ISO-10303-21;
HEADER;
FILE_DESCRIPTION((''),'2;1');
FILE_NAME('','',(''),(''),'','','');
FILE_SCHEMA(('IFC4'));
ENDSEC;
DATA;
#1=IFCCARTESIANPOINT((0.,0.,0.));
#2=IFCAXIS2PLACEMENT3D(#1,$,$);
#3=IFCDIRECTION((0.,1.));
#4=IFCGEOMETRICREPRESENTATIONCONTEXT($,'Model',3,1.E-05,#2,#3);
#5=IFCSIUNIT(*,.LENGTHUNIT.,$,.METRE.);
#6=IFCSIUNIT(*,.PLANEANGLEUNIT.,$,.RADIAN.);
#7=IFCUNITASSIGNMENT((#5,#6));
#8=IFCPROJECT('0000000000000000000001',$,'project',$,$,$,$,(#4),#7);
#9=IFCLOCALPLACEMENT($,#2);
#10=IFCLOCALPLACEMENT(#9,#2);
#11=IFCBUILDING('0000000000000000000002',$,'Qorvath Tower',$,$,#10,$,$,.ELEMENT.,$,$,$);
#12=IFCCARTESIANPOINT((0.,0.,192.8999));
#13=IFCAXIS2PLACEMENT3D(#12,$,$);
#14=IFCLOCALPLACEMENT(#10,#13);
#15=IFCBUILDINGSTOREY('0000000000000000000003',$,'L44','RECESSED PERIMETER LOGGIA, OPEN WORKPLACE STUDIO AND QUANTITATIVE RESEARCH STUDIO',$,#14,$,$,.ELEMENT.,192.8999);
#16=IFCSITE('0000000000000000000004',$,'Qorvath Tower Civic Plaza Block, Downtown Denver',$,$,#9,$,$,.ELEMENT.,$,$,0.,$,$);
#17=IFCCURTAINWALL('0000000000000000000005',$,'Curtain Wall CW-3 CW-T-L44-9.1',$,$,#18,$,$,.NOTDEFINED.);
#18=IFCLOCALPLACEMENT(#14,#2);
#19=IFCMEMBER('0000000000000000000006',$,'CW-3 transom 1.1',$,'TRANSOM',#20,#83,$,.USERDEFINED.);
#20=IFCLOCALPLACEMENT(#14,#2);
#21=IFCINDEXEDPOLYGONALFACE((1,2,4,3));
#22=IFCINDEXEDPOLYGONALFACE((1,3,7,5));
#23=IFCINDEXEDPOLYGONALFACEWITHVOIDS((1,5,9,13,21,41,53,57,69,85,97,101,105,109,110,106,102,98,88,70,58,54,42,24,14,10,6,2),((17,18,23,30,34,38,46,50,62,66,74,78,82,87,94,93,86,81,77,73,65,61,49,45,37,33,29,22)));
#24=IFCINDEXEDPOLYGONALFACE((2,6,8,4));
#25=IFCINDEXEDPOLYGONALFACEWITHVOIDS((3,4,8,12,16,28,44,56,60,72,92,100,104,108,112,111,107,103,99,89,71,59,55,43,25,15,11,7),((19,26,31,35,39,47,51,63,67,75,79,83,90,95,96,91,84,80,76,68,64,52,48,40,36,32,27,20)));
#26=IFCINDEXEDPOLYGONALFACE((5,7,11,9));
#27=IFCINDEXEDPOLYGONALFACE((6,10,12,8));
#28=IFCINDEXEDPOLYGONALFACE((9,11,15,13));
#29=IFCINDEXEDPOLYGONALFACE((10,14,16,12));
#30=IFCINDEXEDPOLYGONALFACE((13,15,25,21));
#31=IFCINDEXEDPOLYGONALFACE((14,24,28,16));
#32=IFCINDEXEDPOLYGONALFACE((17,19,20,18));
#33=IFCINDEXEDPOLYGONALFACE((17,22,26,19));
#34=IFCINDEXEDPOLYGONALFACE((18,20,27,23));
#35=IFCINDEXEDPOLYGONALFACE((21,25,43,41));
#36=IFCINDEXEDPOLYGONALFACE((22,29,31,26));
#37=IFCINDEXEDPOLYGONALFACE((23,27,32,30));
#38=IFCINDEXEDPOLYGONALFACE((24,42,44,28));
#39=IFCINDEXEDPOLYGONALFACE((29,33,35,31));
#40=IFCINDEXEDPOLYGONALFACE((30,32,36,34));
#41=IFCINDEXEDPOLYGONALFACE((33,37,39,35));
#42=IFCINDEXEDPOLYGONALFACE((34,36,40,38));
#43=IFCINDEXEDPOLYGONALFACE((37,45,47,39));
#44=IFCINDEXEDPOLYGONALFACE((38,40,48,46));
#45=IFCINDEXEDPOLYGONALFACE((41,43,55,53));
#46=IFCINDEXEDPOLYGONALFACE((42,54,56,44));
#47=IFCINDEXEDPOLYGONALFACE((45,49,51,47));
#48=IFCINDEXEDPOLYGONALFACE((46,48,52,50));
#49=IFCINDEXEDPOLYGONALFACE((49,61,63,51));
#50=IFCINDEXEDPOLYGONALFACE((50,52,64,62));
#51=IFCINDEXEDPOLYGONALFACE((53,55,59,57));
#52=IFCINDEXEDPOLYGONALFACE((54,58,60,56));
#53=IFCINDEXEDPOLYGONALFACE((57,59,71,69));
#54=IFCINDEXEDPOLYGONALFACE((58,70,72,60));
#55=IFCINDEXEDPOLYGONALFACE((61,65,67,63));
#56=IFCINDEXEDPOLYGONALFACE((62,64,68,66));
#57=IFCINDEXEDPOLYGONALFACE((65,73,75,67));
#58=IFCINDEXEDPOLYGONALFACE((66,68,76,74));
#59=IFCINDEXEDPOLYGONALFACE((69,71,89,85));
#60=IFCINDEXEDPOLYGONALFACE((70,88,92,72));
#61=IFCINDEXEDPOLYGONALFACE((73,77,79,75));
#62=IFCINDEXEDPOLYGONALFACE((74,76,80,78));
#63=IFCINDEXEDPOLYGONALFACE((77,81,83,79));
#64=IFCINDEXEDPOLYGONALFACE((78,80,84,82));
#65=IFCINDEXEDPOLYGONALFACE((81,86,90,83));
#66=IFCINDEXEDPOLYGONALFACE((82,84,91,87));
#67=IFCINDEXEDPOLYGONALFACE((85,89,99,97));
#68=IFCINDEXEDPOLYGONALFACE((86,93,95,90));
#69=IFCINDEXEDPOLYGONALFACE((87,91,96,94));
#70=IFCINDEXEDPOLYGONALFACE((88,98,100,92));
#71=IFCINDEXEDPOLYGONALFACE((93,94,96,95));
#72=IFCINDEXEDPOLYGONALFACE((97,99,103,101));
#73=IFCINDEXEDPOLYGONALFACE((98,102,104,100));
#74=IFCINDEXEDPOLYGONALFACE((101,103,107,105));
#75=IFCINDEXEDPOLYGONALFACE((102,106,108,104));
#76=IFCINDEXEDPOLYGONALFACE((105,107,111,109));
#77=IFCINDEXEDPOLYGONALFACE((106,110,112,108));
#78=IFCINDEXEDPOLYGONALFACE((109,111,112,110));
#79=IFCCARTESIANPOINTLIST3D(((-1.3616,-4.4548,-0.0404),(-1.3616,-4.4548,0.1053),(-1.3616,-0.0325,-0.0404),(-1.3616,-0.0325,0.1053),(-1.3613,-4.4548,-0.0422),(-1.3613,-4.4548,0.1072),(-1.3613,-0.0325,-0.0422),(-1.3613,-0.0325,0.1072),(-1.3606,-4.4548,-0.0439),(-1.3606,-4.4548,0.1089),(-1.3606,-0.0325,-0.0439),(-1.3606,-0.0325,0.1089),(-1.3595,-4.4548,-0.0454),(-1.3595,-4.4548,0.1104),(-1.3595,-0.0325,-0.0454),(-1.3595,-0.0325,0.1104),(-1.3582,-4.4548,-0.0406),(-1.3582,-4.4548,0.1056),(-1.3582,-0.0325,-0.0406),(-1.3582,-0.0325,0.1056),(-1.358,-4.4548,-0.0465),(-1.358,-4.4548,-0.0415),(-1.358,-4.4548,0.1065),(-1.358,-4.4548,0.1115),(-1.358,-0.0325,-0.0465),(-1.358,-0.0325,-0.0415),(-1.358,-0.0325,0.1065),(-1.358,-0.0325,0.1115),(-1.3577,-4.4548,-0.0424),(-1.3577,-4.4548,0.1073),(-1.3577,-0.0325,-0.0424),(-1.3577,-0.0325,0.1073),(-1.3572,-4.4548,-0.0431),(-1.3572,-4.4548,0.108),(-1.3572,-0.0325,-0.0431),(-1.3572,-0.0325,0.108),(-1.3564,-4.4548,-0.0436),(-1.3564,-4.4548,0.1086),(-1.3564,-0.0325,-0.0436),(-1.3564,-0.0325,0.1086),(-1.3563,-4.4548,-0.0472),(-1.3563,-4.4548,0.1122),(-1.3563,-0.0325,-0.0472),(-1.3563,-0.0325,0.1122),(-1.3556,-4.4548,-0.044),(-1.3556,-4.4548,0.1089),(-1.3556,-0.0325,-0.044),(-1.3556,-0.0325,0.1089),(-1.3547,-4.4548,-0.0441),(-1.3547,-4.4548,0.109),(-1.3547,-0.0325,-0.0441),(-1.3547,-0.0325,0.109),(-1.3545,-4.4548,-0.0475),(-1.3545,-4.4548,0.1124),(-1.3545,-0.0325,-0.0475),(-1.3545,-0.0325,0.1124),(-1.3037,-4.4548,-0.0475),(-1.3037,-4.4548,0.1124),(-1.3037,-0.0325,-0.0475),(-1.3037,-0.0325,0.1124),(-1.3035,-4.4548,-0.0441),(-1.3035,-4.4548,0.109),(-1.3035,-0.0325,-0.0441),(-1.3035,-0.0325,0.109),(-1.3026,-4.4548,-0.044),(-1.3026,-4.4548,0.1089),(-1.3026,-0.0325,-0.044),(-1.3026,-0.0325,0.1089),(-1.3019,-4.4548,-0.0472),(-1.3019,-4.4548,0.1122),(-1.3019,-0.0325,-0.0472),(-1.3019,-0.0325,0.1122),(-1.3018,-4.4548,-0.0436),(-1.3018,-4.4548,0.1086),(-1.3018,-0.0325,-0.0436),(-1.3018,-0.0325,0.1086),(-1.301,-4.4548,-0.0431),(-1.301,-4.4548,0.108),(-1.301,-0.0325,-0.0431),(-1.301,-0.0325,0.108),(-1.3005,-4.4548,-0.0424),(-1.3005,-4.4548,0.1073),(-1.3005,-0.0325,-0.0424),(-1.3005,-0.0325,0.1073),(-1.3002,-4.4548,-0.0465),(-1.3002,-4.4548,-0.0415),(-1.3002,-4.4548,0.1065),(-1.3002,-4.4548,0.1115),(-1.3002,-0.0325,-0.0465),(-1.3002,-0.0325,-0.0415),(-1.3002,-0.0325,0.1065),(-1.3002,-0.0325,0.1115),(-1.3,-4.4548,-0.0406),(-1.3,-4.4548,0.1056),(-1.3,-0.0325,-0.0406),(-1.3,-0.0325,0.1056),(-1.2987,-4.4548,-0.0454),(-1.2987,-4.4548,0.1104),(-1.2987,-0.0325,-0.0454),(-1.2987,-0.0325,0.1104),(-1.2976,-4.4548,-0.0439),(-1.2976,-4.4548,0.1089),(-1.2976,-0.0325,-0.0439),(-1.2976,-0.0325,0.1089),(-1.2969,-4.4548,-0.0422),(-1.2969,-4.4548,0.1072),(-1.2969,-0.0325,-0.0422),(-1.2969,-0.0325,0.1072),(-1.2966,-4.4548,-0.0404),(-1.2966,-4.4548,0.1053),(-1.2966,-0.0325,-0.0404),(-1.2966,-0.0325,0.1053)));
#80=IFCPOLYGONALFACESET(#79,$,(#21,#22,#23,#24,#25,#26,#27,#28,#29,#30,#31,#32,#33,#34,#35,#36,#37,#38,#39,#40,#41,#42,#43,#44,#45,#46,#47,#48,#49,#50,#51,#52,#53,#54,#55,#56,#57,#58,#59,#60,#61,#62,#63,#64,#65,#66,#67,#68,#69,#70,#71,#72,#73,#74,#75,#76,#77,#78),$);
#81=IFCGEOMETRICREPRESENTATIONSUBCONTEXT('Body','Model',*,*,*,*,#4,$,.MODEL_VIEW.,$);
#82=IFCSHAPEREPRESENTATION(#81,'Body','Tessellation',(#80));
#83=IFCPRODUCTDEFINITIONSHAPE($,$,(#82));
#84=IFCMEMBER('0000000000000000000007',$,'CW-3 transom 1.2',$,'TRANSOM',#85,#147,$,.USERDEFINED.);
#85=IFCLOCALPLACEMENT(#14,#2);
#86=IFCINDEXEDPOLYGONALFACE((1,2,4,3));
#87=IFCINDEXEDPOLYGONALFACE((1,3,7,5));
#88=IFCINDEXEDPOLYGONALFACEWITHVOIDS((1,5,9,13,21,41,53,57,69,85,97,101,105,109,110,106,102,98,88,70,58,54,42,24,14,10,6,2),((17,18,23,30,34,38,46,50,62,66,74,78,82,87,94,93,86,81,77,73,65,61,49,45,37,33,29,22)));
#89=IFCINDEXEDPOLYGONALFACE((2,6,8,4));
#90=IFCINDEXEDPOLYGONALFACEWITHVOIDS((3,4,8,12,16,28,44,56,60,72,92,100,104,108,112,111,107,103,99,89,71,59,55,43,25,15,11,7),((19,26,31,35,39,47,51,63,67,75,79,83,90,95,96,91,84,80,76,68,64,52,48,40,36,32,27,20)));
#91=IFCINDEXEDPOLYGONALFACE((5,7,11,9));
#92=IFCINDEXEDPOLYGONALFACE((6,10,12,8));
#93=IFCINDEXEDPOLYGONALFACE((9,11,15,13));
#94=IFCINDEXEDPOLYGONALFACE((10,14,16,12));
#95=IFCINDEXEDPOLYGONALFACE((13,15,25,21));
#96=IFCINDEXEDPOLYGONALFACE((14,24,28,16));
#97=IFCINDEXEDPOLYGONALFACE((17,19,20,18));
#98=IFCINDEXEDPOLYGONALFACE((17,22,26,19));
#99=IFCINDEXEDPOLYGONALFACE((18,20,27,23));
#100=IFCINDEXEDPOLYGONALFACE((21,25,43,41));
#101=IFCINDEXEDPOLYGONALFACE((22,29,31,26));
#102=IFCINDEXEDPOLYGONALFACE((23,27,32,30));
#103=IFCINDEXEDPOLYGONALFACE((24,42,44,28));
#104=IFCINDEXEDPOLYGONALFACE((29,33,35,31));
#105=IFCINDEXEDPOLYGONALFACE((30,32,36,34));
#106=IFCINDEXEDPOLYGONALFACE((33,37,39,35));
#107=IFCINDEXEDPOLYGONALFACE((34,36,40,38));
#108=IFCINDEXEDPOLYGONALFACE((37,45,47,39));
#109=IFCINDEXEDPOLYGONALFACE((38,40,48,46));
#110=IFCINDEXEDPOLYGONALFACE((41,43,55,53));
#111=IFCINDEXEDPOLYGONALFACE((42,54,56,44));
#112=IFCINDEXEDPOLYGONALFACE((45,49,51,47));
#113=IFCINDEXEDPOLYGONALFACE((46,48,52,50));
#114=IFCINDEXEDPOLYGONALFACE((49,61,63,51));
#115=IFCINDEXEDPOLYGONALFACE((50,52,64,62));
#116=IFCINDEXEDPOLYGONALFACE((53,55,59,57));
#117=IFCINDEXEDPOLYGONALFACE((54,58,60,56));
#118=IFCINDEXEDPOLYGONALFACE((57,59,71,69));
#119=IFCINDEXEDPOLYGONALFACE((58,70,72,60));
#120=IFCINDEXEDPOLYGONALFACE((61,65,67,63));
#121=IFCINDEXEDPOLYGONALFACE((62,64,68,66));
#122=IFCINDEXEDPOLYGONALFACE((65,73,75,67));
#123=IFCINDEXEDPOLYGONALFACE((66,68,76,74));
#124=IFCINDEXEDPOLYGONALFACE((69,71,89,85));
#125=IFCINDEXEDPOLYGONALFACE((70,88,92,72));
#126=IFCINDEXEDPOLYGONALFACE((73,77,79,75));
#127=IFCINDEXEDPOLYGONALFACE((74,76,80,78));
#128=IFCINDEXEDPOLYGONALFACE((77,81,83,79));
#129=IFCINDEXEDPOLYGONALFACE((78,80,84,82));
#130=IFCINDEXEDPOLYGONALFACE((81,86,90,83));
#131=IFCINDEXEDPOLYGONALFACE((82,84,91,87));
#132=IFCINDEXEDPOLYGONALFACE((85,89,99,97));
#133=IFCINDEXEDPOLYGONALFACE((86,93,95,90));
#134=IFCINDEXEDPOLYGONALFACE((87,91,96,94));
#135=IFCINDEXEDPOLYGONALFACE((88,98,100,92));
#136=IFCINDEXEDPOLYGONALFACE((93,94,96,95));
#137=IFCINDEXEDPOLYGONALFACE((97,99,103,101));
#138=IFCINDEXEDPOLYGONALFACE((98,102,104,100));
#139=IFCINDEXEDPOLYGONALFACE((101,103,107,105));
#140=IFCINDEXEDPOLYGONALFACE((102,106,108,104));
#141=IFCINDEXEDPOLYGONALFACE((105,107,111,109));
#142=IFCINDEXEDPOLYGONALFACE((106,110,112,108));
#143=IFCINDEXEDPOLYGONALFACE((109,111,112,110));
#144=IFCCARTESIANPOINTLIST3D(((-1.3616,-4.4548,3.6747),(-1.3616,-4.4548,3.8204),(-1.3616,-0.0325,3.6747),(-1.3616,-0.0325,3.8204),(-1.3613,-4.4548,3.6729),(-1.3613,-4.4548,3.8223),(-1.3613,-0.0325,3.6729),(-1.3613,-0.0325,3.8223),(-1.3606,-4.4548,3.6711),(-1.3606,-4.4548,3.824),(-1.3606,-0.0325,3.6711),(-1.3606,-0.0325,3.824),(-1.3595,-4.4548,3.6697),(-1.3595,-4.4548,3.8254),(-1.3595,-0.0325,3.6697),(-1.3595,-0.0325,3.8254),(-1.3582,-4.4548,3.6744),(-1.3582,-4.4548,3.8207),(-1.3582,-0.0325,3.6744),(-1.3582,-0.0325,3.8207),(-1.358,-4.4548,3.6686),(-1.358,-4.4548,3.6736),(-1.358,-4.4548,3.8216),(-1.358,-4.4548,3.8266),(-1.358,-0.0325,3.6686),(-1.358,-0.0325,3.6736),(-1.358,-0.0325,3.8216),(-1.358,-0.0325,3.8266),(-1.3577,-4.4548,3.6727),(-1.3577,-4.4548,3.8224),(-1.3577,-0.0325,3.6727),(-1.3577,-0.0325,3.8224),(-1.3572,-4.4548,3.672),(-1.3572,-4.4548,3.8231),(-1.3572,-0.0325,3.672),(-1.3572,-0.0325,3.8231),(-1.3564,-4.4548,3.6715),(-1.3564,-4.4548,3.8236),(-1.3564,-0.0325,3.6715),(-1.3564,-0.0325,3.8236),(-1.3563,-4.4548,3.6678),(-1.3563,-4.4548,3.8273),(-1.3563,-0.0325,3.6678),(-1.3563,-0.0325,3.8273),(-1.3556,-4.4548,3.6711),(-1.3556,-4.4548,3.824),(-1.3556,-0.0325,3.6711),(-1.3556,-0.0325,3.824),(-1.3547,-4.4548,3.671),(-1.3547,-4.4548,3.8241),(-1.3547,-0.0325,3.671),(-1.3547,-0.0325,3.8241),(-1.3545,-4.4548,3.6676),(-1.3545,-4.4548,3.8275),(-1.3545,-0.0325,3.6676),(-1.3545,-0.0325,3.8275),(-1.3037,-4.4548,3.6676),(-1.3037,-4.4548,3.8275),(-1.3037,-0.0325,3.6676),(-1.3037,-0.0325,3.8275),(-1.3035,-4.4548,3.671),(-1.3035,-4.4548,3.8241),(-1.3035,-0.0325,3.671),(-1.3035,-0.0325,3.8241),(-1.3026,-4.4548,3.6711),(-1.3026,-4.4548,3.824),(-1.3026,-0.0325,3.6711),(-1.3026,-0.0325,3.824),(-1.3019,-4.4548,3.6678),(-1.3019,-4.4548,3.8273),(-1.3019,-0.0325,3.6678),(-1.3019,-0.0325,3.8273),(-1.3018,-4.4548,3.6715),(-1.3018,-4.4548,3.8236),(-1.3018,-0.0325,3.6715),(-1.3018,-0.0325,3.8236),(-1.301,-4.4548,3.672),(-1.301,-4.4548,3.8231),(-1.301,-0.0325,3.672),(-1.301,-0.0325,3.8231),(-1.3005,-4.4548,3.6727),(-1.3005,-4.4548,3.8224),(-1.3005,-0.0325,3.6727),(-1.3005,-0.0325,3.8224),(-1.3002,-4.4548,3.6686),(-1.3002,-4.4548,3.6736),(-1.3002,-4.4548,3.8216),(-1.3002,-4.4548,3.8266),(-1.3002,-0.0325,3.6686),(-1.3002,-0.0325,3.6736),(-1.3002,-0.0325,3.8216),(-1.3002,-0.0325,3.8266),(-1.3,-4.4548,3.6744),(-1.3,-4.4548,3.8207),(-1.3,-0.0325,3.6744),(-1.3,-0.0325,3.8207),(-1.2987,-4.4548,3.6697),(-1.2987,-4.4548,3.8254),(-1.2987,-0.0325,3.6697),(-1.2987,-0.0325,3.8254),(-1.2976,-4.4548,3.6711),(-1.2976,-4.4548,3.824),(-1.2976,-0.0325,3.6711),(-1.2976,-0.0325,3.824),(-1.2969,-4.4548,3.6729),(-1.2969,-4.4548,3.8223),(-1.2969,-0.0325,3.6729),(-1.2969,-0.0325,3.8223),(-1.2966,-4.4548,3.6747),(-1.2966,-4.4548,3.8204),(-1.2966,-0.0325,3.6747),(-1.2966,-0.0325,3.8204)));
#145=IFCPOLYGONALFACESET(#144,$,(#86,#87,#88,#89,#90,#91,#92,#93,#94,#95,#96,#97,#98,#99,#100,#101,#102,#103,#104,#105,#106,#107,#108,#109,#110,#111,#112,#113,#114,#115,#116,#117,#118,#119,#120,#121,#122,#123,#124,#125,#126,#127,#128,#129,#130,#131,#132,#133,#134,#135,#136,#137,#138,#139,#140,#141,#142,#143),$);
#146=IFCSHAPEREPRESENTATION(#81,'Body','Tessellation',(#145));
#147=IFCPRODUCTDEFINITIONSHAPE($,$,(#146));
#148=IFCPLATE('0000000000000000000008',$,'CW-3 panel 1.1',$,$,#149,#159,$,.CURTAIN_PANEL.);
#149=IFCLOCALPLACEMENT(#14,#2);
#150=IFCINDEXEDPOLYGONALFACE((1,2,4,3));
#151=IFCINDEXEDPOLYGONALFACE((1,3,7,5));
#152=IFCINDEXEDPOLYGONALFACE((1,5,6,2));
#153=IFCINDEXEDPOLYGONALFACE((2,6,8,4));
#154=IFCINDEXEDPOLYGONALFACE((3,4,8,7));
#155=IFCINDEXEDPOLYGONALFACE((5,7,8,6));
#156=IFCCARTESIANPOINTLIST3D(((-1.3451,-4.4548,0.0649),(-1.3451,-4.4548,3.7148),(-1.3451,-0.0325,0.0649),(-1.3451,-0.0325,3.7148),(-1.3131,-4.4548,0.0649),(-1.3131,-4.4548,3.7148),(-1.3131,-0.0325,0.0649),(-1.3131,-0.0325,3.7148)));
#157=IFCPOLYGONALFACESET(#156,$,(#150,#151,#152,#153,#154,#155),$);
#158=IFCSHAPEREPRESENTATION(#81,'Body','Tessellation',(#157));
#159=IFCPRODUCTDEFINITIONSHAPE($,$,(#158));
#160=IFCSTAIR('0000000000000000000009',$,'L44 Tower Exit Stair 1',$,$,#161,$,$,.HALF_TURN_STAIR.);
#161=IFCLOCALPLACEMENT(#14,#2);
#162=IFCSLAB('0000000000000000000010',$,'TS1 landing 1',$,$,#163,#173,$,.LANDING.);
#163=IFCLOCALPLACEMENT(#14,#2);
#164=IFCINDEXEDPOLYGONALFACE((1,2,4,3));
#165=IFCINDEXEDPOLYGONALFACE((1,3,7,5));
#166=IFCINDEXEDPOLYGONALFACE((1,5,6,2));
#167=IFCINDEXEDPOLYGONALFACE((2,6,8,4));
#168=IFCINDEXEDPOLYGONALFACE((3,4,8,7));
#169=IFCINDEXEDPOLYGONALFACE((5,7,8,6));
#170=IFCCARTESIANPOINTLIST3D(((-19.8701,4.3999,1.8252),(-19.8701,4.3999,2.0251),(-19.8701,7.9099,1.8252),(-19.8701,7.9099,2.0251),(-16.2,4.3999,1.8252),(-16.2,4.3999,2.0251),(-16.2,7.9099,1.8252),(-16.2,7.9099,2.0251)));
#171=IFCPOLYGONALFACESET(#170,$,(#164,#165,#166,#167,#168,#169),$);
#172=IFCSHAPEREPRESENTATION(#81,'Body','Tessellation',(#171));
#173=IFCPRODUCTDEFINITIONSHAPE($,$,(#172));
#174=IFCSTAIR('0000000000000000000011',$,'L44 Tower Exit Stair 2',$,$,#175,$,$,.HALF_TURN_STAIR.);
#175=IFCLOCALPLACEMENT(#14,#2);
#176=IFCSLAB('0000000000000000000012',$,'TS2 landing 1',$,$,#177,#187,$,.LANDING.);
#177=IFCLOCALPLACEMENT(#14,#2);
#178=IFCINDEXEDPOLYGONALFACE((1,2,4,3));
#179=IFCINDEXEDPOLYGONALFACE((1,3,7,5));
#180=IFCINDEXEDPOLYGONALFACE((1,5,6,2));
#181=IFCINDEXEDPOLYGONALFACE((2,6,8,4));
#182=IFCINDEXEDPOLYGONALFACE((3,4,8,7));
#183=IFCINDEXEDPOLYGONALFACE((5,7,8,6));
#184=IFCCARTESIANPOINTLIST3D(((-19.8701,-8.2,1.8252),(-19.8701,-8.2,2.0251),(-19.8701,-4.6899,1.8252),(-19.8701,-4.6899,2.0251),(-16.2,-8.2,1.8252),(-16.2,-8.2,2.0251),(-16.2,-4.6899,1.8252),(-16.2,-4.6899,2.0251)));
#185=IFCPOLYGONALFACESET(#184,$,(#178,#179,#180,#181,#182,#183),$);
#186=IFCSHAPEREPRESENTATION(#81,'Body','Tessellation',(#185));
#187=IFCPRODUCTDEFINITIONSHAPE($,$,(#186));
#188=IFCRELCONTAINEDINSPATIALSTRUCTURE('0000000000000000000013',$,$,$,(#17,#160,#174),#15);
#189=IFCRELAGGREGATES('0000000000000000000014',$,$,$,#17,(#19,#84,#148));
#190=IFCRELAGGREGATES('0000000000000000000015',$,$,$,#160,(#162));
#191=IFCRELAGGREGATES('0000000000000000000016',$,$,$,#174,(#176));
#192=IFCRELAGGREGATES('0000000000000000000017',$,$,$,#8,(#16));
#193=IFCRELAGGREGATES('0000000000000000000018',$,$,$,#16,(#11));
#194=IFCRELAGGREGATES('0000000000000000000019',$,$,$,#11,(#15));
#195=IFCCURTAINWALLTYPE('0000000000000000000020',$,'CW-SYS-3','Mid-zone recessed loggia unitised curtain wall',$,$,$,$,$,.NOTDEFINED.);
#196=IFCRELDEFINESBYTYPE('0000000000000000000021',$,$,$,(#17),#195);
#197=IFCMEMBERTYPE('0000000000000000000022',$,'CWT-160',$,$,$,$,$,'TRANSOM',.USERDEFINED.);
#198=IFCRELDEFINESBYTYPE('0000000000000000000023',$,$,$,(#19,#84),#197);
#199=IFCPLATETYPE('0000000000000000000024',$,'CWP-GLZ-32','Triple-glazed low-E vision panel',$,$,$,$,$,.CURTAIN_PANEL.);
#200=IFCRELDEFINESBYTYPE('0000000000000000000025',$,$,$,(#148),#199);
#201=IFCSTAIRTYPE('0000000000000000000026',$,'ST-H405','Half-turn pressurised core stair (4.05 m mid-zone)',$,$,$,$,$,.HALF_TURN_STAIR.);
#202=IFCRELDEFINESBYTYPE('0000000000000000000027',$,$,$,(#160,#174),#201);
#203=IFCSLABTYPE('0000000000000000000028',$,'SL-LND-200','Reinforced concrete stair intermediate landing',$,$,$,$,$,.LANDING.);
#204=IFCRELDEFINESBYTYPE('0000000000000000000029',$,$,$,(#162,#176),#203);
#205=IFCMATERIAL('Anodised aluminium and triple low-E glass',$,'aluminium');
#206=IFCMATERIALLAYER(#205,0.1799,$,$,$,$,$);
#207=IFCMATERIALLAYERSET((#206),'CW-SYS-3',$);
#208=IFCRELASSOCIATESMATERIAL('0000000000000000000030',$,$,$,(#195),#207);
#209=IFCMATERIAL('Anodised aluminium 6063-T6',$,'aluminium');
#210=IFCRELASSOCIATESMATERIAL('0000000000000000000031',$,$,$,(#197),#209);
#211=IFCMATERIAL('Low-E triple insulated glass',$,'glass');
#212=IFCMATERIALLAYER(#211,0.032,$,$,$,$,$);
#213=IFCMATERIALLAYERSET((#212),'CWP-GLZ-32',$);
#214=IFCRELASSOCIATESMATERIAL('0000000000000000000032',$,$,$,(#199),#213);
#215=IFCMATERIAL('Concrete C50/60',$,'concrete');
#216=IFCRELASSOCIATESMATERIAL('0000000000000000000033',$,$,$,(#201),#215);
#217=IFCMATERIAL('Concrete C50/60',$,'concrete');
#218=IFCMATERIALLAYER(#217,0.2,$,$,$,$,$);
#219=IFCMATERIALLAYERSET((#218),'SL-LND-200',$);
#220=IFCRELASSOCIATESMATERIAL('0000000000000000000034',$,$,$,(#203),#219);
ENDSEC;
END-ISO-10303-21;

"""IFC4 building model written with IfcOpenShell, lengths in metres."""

from ifc_helpers import new_model, si_unit, direction, frame, origin, origin_2d, place, context, subcontext, project, spatial, polyline, rectangle, hollow_rectangle, outline, extrude, material, layer, layer_set, material_profile, profile_set, type_object, element, aggregate, save


model = new_model("IFC4")

# Units and contexts
model_context = context("Model", 3, precision=1e-05, world=origin(), true_north=direction((0.0, 1.0)))
body_context = subcontext(model_context, "Body", "Model", "MODEL_VIEW")
ifc_project = project(units=[si_unit("LENGTHUNIT", "METRE"), si_unit("PLANEANGLEUNIT", "RADIAN")], contexts=[model_context])

# Site, building, storey
site_placement = place(None, origin())
site = spatial("IfcSite", under=ifc_project, at=site_placement, Name="Qorvath Tower Civic Plaza Block, Downtown Denver", CompositionType="ELEMENT", RefElevation=0.0)
building_placement = place(site_placement, origin())
building = spatial("IfcBuilding", under=site, at=building_placement, Name="Qorvath Tower", CompositionType="ELEMENT")
storey_placement = place(building_placement, frame((0.0, 0.0, 192.8999)))
storey = spatial("IfcBuildingStorey", under=building, at=storey_placement, Name="L44", Description="RECESSED PERIMETER LOGGIA, OPEN WORKPLACE STUDIO AND QUANTITATIVE RESEARCH STUDIO", CompositionType="ELEMENT", Elevation=192.8999)

# Curtain wall, members, plate
ifc_material_1 = material(Name="Anodised aluminium and triple low-E glass", Category="aluminium")
ifc_layer_1 = layer(ifc_material_1, 0.1799)
ifc_layer_set_1 = layer_set([ifc_layer_1], Name="CW-SYS-3")
curtain_wall_type = type_object("IfcCurtainWallType", Name="CW-SYS-3", Description="Mid-zone recessed loggia unitised curtain wall", PredefinedType="NOTDEFINED", material=ifc_layer_set_1)
curtain_wall_placement = place(storey_placement, origin())
curtain_wall = element("IfcCurtainWall", 1, at=curtain_wall_placement, inside=storey, type_object=curtain_wall_type, Name="Curtain Wall CW-3 CW-T-L44-9.1", PredefinedType="NOTDEFINED")
ifc_material_2 = material(Name="Anodised aluminium 6063-T6", Category="aluminium")
ifc_material_profile_1 = material_profile(ifc_material_2, hollow_rectangle(XDim=0.0649, YDim=0.1599, WallThickness=0.0034, InnerFilletRadius=0.0034, OuterFilletRadius=0.0071, at=origin_2d()), Name="CWT 160x65")
ifc_profile_set_1 = profile_set([ifc_material_profile_1], Name="Anodised aluminium 6063-T6")
member_type_1 = type_object("IfcMemberType", Name="CWT-160", ElementType="TRANSOM", PredefinedType="USERDEFINED", material=ifc_profile_set_1)
member_1_placement = place(storey_placement, frame((-1.3291, -4.4548, 0.0325), z_axis=(0.0, 1.0, 0.0), x_axis=(-1.0, 0.0, 0.0)))
member_1 = element("IfcMember", 2, at=member_1_placement, type_object=member_type_1, Name="CW-3 transom 1.1", ObjectType="TRANSOM", PredefinedType="USERDEFINED", context=body_context, shape_type="SweptSolid", body=[
    extrude(hollow_rectangle(XDim=0.0649, YDim=0.1599, WallThickness=0.0034, InnerFilletRadius=0.0034, OuterFilletRadius=0.0071, at=origin_2d()), origin(), (0.0, 0.0, 1.0), 4.4224),
])
member_2_placement = place(storey_placement, frame((-1.3291, -4.4548, 3.7476), z_axis=(0.0, 1.0, 0.0), x_axis=(-1.0, 0.0, 0.0)))
member_2 = element("IfcMember", 3, at=member_2_placement, type_object=member_type_1, Name="CW-3 transom 1.2", ObjectType="TRANSOM", PredefinedType="USERDEFINED", context=body_context, shape_type="SweptSolid", body=[
    extrude(hollow_rectangle(XDim=0.0649, YDim=0.1599, WallThickness=0.0034, InnerFilletRadius=0.0034, OuterFilletRadius=0.0071, at=origin_2d()), origin(), (0.0, 0.0, 1.0), 4.4224),
])
ifc_material_3 = material(Name="Low-E triple insulated glass", Category="glass")
ifc_layer_2 = layer(ifc_material_3, 0.032)
ifc_layer_set_2 = layer_set([ifc_layer_2], Name="CWP-GLZ-32")
plate_type = type_object("IfcPlateType", Name="CWP-GLZ-32", Description="Triple-glazed low-E vision panel", PredefinedType="CURTAIN_PANEL", material=ifc_layer_set_2)
plate_placement = place(storey_placement, frame((-1.3291, -2.2437, 0.0649), z_axis=(0.0, 0.0, 1.0), x_axis=(0.0, 1.0, 0.0)))
plate = element("IfcPlate", 4, at=plate_placement, type_object=plate_type, Name="CW-3 panel 1.1", PredefinedType="CURTAIN_PANEL", context=body_context, shape_type="SweptSolid", body=[
    extrude(rectangle(XDim=4.4224, YDim=0.032, at=origin_2d()), origin(), (0.0, 0.0, 1.0), 3.6499),
])
aggregate(curtain_wall, [member_1, member_2, plate])

# Stairs, slabs
ifc_material_4 = material(Name="Concrete C50/60", Category="concrete")
stair_type = type_object("IfcStairType", Name="ST-H405", Description="Half-turn pressurised core stair (4.05 m mid-zone)", PredefinedType="HALF_TURN_STAIR", material=ifc_material_4)
stair_1_placement = place(storey_placement, origin())
stair_1 = element("IfcStair", 5, at=stair_1_placement, inside=storey, type_object=stair_type, Name="L44 Tower Exit Stair 1", PredefinedType="HALF_TURN_STAIR")
ifc_material_5 = material(Name="Concrete C50/60", Category="concrete")
ifc_layer_3 = layer(ifc_material_5, 0.2)
ifc_layer_set_3 = layer_set([ifc_layer_3], Name="SL-LND-200")
slab_type_1 = type_object("IfcSlabType", Name="SL-LND-200", Description="Reinforced concrete stair intermediate landing", PredefinedType="LANDING", material=ifc_layer_set_3)
slab_1_placement = place(storey_placement, frame((0.0, 0.0, 1.8252)))
slab_1 = element("IfcSlab", 6, at=slab_1_placement, type_object=slab_type_1, Name="TS1 landing 1", PredefinedType="LANDING", context=body_context, shape_type="SweptSolid", body=[
    extrude(outline(polyline([(-19.8701, 4.3999), (-16.2, 4.3999), (-16.2, 7.9099), (-19.8701, 7.9099), (-19.8701, 4.3999)])), origin(), (0.0, 0.0, 1.0), 0.2),
])
aggregate(stair_1, [slab_1])
stair_2_placement = place(storey_placement, origin())
stair_2 = element("IfcStair", 7, at=stair_2_placement, inside=storey, type_object=stair_type, Name="L44 Tower Exit Stair 2", PredefinedType="HALF_TURN_STAIR")
slab_2_placement = place(storey_placement, frame((0.0, 0.0, 1.8252)))
slab_2 = element("IfcSlab", 8, at=slab_2_placement, type_object=slab_type_1, Name="TS2 landing 1", PredefinedType="LANDING", context=body_context, shape_type="SweptSolid", body=[
    extrude(outline(polyline([(-19.8701, -8.2), (-16.2, -8.2), (-16.2, -4.6899), (-19.8701, -4.6899), (-19.8701, -8.2)])), origin(), (0.0, 0.0, 1.0), 0.2),
])

aggregate(stair_2, [slab_2])

save(model, "model.ifc")
